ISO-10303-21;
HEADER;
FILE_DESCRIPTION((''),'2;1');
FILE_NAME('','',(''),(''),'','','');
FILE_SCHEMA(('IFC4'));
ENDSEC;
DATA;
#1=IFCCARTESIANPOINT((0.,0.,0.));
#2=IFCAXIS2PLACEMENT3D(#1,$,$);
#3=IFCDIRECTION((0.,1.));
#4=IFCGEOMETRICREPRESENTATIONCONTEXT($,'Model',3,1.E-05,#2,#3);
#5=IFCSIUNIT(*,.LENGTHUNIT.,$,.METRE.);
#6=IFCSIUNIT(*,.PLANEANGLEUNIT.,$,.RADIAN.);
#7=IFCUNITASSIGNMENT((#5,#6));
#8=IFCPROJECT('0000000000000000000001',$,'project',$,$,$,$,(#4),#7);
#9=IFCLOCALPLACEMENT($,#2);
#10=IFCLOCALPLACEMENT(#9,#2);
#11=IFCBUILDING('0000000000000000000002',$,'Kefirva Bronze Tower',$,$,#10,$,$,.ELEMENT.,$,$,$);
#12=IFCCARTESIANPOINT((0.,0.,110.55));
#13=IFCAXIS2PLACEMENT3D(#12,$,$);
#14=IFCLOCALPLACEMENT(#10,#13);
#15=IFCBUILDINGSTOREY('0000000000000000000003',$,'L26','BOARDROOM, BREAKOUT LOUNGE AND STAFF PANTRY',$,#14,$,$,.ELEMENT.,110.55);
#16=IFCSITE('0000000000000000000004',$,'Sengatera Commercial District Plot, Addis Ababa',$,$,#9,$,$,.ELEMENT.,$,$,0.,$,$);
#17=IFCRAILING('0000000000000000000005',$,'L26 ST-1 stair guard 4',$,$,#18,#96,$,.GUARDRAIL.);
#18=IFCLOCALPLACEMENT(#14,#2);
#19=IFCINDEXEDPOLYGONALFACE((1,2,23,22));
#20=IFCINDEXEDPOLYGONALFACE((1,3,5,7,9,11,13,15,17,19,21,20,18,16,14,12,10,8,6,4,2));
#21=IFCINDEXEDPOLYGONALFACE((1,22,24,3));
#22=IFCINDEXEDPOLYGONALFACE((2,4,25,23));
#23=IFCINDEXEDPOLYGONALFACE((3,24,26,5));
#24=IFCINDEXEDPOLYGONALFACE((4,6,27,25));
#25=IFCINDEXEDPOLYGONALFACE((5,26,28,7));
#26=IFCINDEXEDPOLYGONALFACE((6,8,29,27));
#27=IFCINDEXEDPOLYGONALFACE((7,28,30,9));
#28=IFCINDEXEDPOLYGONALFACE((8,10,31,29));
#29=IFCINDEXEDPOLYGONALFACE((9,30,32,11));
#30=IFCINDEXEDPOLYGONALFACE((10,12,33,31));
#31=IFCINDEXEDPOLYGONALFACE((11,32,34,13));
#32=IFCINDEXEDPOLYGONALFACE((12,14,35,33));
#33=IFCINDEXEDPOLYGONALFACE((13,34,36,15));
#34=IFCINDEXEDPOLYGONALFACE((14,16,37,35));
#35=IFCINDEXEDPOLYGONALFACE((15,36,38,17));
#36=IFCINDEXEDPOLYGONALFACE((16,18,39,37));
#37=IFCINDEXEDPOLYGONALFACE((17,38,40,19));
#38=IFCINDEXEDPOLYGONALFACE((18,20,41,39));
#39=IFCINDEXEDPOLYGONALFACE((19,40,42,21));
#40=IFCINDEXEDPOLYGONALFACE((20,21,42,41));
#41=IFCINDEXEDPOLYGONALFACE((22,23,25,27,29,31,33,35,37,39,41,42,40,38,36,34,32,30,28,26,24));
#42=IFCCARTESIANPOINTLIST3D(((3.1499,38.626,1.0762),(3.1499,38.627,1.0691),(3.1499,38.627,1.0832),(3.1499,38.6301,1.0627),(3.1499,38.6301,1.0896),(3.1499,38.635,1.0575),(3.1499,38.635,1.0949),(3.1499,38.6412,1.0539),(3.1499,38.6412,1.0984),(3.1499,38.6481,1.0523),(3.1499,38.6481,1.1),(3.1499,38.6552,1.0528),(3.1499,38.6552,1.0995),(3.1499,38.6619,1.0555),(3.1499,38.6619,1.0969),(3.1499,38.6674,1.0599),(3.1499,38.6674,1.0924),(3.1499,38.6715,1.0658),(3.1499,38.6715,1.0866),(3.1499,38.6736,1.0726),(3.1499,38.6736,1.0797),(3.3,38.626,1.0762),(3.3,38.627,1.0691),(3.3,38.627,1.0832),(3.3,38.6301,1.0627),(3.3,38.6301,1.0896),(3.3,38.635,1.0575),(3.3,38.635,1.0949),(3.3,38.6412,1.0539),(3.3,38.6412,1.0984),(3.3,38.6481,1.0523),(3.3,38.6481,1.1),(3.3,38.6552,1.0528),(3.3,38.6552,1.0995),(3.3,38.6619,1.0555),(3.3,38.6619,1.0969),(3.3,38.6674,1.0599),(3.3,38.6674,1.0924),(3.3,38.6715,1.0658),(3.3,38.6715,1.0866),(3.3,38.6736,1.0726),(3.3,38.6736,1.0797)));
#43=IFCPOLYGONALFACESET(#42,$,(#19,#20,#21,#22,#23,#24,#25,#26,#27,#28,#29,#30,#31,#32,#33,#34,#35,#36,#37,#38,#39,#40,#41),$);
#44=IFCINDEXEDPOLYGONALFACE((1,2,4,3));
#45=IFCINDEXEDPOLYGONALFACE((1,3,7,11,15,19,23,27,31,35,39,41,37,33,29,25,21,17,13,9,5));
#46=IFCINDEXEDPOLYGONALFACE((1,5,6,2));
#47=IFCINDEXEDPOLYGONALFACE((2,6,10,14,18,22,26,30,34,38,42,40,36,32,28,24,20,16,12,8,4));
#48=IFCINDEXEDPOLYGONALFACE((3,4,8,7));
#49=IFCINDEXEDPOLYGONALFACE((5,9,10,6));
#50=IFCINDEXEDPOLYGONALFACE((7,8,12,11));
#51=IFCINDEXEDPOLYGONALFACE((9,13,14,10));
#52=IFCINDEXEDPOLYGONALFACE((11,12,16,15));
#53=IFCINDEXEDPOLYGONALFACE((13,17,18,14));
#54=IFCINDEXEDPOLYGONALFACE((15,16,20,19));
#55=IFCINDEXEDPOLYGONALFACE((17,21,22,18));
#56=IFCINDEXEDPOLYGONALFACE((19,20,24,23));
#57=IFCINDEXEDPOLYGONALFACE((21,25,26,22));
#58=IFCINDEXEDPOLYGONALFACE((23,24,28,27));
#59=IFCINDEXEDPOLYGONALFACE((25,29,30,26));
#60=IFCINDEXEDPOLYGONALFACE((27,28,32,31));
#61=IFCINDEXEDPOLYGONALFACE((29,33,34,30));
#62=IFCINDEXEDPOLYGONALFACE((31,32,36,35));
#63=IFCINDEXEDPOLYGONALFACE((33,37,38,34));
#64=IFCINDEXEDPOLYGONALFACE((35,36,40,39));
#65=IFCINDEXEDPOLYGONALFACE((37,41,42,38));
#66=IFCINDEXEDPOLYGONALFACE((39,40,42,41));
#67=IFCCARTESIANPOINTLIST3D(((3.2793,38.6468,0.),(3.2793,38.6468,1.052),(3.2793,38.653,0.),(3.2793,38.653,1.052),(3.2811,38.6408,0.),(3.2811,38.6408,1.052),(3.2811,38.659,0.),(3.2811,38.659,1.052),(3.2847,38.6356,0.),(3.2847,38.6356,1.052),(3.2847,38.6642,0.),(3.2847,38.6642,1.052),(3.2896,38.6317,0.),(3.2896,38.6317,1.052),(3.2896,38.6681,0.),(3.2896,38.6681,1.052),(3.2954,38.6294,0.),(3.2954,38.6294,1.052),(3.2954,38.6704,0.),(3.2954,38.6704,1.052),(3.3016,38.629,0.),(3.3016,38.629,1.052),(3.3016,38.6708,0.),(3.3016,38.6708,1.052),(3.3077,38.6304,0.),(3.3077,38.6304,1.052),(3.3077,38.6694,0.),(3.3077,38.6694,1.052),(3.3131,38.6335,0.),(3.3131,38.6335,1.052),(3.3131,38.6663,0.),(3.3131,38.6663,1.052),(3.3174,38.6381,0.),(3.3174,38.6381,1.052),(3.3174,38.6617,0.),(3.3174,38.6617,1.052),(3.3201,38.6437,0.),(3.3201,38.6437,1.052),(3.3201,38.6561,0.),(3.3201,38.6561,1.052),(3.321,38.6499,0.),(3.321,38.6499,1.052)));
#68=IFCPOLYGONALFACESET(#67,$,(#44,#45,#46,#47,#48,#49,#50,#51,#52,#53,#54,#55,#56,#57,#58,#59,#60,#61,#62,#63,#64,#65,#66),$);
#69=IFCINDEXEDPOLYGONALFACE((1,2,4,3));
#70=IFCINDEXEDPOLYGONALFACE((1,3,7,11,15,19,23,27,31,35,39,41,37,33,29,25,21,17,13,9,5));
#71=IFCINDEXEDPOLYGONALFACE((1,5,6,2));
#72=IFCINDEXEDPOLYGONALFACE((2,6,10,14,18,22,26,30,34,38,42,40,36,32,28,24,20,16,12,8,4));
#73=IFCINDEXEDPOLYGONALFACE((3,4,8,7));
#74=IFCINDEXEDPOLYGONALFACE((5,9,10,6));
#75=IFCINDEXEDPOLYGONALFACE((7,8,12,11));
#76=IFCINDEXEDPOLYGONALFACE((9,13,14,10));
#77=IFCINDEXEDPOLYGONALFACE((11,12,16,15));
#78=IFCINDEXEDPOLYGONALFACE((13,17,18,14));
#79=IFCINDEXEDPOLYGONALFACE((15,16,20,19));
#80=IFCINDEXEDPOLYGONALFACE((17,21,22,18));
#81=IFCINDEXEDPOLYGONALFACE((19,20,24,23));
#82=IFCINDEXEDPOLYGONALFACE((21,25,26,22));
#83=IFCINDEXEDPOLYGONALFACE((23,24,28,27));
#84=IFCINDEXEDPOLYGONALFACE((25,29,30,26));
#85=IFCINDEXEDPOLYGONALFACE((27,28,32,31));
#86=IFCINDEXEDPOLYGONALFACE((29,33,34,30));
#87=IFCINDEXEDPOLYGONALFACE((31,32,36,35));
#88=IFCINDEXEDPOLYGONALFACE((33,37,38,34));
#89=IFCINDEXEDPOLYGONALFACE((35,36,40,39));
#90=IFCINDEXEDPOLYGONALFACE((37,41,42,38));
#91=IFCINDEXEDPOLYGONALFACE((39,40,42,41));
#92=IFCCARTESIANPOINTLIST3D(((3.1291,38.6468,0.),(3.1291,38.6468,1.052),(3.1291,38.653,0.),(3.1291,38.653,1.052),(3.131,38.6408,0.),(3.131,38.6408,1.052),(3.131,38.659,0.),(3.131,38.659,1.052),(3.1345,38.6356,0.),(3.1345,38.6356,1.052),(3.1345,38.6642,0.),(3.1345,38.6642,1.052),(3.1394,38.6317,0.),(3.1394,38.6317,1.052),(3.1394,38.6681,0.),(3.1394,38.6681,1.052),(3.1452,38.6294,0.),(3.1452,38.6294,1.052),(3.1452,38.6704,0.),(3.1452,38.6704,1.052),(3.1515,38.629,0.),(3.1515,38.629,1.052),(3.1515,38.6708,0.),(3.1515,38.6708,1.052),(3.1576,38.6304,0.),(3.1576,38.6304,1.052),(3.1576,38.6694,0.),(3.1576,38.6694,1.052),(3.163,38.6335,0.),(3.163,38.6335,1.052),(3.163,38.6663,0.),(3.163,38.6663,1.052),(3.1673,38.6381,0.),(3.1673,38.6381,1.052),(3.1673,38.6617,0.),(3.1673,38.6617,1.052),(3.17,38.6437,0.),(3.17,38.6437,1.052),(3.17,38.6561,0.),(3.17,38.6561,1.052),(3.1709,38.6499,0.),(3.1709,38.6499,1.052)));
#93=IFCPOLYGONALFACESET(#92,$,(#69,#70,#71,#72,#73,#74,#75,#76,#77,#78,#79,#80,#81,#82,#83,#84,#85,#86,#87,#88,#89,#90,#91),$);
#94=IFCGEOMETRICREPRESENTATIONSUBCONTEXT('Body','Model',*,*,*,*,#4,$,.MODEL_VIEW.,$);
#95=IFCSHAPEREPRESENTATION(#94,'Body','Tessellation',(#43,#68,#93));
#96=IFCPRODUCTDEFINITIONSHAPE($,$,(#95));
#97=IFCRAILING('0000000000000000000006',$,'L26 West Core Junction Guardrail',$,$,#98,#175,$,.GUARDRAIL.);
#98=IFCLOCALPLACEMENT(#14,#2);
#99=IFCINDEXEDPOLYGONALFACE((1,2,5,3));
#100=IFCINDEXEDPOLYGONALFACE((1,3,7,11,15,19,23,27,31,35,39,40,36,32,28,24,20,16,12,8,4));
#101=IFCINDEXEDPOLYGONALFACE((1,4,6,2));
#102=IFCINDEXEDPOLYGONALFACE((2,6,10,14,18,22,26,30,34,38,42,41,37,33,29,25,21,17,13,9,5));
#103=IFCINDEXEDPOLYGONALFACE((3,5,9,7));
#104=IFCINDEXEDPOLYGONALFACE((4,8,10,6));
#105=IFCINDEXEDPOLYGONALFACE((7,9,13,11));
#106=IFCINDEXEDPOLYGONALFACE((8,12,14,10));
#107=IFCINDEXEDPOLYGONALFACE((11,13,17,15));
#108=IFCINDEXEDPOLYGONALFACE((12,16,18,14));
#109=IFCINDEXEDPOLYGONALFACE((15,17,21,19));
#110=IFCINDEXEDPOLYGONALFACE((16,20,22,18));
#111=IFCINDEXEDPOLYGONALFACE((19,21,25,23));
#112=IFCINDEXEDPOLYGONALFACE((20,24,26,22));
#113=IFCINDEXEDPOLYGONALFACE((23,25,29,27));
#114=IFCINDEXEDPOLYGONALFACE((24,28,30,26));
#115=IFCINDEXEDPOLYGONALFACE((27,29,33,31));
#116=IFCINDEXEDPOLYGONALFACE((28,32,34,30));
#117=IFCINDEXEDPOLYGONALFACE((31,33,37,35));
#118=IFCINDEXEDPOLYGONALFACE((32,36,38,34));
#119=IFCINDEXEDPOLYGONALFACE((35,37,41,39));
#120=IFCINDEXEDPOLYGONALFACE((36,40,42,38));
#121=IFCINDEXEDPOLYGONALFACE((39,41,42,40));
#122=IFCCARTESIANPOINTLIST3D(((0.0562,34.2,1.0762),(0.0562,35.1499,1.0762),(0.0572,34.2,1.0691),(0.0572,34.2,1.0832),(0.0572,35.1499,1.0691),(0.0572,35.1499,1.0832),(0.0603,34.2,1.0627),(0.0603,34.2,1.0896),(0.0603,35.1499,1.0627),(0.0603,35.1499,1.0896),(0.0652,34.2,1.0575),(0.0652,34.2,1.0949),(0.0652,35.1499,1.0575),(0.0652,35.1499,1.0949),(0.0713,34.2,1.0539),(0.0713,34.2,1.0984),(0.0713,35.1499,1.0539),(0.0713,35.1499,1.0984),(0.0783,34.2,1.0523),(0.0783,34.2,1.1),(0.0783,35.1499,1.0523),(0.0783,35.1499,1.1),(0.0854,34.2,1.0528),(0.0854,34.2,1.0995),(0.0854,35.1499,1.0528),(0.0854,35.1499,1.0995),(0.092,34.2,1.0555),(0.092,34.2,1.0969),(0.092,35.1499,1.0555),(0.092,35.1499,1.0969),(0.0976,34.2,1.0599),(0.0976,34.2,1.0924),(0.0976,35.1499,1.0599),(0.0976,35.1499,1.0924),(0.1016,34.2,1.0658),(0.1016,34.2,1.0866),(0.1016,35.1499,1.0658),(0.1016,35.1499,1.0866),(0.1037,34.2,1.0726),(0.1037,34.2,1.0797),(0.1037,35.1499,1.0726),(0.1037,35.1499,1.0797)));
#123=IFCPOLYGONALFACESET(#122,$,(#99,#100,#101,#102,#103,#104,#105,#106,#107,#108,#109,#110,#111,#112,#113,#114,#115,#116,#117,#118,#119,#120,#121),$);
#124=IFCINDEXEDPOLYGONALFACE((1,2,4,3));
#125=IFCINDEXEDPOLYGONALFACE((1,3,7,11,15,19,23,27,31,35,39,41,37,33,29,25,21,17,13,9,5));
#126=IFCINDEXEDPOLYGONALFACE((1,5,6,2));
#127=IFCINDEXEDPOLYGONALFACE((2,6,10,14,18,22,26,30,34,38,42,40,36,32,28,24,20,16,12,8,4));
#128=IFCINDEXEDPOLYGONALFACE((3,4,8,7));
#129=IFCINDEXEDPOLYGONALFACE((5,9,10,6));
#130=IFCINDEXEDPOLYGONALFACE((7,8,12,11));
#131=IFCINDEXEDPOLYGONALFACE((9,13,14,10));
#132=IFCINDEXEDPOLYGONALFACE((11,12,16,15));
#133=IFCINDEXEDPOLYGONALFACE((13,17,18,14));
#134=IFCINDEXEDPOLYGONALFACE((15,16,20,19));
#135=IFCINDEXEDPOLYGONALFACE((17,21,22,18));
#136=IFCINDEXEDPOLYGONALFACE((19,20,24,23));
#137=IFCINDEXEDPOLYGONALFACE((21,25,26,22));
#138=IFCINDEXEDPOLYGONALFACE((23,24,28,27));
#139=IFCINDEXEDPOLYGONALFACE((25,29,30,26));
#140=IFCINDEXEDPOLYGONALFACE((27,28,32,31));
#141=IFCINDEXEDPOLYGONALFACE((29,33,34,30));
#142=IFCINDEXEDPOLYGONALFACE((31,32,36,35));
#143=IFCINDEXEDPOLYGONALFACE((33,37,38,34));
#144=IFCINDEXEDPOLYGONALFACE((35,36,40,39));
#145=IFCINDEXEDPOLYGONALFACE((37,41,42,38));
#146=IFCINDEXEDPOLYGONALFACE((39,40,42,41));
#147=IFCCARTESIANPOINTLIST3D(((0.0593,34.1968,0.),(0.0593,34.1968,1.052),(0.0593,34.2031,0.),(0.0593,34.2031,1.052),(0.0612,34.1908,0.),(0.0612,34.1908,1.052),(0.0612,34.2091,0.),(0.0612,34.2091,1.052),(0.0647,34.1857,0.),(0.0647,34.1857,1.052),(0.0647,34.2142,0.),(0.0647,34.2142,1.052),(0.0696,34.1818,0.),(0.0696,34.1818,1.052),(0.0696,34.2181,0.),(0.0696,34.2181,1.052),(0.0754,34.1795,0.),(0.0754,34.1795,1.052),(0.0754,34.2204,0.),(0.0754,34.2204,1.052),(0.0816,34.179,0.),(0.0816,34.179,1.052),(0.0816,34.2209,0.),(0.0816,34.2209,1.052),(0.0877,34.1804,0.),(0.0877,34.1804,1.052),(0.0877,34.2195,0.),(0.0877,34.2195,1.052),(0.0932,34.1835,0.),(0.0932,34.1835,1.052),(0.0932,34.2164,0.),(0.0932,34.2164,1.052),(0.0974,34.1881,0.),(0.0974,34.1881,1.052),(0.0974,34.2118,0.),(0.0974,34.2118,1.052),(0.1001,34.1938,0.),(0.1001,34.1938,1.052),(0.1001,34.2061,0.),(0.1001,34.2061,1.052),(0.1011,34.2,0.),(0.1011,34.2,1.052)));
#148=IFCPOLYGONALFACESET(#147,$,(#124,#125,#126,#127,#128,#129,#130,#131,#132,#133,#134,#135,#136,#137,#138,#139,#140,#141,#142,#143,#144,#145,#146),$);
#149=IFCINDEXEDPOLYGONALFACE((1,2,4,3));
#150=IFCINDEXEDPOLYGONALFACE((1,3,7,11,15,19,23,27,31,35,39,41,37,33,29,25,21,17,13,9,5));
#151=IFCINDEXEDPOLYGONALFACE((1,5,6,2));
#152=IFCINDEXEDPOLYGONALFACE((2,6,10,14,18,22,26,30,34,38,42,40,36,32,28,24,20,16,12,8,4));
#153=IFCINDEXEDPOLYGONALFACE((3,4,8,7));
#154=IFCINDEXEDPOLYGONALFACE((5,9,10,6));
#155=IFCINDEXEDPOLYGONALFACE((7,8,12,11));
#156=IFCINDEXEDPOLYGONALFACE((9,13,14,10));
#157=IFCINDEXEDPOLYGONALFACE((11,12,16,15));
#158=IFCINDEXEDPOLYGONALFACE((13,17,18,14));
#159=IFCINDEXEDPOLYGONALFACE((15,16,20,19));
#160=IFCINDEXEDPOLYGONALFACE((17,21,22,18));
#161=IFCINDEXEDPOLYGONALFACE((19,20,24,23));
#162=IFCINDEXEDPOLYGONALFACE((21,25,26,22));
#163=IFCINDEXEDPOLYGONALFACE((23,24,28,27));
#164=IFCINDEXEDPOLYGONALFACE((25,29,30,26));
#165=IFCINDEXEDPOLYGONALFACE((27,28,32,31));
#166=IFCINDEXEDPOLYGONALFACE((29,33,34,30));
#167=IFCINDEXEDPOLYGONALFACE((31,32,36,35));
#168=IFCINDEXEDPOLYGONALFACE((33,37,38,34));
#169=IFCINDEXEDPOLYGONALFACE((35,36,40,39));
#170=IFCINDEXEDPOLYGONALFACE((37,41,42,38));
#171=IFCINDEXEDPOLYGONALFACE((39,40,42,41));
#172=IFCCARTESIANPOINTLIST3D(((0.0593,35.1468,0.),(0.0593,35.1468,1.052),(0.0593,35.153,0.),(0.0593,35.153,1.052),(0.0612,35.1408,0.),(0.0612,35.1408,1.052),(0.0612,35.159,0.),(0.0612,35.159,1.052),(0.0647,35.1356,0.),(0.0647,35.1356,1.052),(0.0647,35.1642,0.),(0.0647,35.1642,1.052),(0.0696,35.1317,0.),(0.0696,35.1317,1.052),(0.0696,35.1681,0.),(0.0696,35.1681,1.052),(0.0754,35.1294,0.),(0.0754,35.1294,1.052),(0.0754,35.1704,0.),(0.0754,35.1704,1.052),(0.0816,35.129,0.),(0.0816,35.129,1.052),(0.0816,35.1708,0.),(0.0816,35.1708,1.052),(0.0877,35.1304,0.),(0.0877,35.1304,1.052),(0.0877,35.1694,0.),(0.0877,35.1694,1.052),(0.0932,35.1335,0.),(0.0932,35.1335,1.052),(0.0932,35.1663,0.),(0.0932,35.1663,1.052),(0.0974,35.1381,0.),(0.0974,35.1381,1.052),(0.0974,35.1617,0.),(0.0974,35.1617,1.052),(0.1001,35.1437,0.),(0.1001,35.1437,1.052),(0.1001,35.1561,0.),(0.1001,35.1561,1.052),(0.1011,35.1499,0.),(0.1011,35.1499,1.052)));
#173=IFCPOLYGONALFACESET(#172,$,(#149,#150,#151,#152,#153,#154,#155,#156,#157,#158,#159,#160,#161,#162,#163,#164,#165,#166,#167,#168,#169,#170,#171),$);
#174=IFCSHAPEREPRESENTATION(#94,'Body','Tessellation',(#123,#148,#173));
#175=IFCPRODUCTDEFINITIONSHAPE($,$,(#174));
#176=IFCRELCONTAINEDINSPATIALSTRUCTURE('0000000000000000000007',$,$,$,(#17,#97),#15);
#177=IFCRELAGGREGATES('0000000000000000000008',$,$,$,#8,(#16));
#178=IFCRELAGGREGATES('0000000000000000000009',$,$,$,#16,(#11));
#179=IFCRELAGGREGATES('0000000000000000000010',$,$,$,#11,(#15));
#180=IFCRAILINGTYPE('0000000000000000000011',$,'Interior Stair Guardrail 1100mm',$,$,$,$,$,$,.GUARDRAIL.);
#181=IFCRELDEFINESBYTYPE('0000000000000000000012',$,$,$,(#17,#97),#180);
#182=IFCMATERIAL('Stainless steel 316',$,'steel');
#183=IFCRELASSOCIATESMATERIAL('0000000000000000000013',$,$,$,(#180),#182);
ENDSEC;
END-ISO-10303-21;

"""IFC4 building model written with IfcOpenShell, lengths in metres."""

from ifc_helpers import new_model, si_unit, direction, frame, origin, origin_2d, place, context, subcontext, project, spatial, circle, extrude, material, type_object, element, save


model = new_model("IFC4")

# Units and contexts
model_context = context("Model", 3, precision=1e-05, world=origin(), true_north=direction((0.0, 1.0)))
body_context = subcontext(model_context, "Body", "Model", "MODEL_VIEW")
ifc_project = project(units=[si_unit("LENGTHUNIT", "METRE"), si_unit("PLANEANGLEUNIT", "RADIAN")], contexts=[model_context])

# Site, building, storey
site_placement = place(None, origin())
site = spatial("IfcSite", under=ifc_project, at=site_placement, Name="Sengatera Commercial District Plot, Addis Ababa", CompositionType="ELEMENT", RefElevation=0.0)
building_placement = place(site_placement, origin())
building = spatial("IfcBuilding", under=site, at=building_placement, Name="Kefirva Bronze Tower", CompositionType="ELEMENT")
storey_placement = place(building_placement, frame((0.0, 0.0, 110.55)))
storey = spatial("IfcBuildingStorey", under=building, at=storey_placement, Name="L26", Description="BOARDROOM, BREAKOUT LOUNGE AND STAFF PANTRY", CompositionType="ELEMENT", Elevation=110.55)

# Railings
ifc_material_1 = material(Name="Stainless steel 316", Category="steel")
railing_type = type_object("IfcRailingType", Name="Interior Stair Guardrail 1100mm", PredefinedType="GUARDRAIL", material=ifc_material_1)
railing_1_placement = place(storey_placement, frame((3.3, 38.6499, 0.0)))
element("IfcRailing", 1, at=railing_1_placement, inside=storey, type_object=railing_type, Name="L26 ST-1 stair guard 4", PredefinedType="GUARDRAIL", context=body_context, shape_type="SweptSolid", body=[
    extrude(circle(Radius=0.0239, at=origin_2d()), frame((0.0, 0.0, 1.0762), z_axis=(-1.0, 0.0, 0.0), x_axis=(0.0, -1.0, 0.0)), (0.0, 0.0, 1.0), 0.1501),
    extrude(circle(Radius=0.021, at=origin_2d()), origin(), (0.0, 0.0, 1.0), 1.052),
    extrude(circle(Radius=0.021, at=origin_2d()), frame((-0.1501, 0.0, 0.0)), (0.0, 0.0, 1.0), 1.052),
])
railing_2_placement = place(storey_placement, frame((0.0801, 34.2, 0.0)))
element("IfcRailing", 2, at=railing_2_placement, inside=storey, type_object=railing_type, Name="L26 West Core Junction Guardrail", PredefinedType="GUARDRAIL", context=body_context, shape_type="SweptSolid", body=[
    extrude(circle(Radius=0.0239, at=origin_2d()), frame((0.0, 0.0, 1.0762), z_axis=(0.0, 1.0, 0.0), x_axis=(-1.0, 0.0, 0.0)), (0.0, 0.0, 1.0), 0.95),
    extrude(circle(Radius=0.021, at=origin_2d()), origin(), (0.0, 0.0, 1.0), 1.052),
    extrude(circle(Radius=0.021, at=origin_2d()), frame((0.0, 0.95, 0.0)), (0.0, 0.0, 1.0), 1.052),
])

save(model, "model.ifc")
